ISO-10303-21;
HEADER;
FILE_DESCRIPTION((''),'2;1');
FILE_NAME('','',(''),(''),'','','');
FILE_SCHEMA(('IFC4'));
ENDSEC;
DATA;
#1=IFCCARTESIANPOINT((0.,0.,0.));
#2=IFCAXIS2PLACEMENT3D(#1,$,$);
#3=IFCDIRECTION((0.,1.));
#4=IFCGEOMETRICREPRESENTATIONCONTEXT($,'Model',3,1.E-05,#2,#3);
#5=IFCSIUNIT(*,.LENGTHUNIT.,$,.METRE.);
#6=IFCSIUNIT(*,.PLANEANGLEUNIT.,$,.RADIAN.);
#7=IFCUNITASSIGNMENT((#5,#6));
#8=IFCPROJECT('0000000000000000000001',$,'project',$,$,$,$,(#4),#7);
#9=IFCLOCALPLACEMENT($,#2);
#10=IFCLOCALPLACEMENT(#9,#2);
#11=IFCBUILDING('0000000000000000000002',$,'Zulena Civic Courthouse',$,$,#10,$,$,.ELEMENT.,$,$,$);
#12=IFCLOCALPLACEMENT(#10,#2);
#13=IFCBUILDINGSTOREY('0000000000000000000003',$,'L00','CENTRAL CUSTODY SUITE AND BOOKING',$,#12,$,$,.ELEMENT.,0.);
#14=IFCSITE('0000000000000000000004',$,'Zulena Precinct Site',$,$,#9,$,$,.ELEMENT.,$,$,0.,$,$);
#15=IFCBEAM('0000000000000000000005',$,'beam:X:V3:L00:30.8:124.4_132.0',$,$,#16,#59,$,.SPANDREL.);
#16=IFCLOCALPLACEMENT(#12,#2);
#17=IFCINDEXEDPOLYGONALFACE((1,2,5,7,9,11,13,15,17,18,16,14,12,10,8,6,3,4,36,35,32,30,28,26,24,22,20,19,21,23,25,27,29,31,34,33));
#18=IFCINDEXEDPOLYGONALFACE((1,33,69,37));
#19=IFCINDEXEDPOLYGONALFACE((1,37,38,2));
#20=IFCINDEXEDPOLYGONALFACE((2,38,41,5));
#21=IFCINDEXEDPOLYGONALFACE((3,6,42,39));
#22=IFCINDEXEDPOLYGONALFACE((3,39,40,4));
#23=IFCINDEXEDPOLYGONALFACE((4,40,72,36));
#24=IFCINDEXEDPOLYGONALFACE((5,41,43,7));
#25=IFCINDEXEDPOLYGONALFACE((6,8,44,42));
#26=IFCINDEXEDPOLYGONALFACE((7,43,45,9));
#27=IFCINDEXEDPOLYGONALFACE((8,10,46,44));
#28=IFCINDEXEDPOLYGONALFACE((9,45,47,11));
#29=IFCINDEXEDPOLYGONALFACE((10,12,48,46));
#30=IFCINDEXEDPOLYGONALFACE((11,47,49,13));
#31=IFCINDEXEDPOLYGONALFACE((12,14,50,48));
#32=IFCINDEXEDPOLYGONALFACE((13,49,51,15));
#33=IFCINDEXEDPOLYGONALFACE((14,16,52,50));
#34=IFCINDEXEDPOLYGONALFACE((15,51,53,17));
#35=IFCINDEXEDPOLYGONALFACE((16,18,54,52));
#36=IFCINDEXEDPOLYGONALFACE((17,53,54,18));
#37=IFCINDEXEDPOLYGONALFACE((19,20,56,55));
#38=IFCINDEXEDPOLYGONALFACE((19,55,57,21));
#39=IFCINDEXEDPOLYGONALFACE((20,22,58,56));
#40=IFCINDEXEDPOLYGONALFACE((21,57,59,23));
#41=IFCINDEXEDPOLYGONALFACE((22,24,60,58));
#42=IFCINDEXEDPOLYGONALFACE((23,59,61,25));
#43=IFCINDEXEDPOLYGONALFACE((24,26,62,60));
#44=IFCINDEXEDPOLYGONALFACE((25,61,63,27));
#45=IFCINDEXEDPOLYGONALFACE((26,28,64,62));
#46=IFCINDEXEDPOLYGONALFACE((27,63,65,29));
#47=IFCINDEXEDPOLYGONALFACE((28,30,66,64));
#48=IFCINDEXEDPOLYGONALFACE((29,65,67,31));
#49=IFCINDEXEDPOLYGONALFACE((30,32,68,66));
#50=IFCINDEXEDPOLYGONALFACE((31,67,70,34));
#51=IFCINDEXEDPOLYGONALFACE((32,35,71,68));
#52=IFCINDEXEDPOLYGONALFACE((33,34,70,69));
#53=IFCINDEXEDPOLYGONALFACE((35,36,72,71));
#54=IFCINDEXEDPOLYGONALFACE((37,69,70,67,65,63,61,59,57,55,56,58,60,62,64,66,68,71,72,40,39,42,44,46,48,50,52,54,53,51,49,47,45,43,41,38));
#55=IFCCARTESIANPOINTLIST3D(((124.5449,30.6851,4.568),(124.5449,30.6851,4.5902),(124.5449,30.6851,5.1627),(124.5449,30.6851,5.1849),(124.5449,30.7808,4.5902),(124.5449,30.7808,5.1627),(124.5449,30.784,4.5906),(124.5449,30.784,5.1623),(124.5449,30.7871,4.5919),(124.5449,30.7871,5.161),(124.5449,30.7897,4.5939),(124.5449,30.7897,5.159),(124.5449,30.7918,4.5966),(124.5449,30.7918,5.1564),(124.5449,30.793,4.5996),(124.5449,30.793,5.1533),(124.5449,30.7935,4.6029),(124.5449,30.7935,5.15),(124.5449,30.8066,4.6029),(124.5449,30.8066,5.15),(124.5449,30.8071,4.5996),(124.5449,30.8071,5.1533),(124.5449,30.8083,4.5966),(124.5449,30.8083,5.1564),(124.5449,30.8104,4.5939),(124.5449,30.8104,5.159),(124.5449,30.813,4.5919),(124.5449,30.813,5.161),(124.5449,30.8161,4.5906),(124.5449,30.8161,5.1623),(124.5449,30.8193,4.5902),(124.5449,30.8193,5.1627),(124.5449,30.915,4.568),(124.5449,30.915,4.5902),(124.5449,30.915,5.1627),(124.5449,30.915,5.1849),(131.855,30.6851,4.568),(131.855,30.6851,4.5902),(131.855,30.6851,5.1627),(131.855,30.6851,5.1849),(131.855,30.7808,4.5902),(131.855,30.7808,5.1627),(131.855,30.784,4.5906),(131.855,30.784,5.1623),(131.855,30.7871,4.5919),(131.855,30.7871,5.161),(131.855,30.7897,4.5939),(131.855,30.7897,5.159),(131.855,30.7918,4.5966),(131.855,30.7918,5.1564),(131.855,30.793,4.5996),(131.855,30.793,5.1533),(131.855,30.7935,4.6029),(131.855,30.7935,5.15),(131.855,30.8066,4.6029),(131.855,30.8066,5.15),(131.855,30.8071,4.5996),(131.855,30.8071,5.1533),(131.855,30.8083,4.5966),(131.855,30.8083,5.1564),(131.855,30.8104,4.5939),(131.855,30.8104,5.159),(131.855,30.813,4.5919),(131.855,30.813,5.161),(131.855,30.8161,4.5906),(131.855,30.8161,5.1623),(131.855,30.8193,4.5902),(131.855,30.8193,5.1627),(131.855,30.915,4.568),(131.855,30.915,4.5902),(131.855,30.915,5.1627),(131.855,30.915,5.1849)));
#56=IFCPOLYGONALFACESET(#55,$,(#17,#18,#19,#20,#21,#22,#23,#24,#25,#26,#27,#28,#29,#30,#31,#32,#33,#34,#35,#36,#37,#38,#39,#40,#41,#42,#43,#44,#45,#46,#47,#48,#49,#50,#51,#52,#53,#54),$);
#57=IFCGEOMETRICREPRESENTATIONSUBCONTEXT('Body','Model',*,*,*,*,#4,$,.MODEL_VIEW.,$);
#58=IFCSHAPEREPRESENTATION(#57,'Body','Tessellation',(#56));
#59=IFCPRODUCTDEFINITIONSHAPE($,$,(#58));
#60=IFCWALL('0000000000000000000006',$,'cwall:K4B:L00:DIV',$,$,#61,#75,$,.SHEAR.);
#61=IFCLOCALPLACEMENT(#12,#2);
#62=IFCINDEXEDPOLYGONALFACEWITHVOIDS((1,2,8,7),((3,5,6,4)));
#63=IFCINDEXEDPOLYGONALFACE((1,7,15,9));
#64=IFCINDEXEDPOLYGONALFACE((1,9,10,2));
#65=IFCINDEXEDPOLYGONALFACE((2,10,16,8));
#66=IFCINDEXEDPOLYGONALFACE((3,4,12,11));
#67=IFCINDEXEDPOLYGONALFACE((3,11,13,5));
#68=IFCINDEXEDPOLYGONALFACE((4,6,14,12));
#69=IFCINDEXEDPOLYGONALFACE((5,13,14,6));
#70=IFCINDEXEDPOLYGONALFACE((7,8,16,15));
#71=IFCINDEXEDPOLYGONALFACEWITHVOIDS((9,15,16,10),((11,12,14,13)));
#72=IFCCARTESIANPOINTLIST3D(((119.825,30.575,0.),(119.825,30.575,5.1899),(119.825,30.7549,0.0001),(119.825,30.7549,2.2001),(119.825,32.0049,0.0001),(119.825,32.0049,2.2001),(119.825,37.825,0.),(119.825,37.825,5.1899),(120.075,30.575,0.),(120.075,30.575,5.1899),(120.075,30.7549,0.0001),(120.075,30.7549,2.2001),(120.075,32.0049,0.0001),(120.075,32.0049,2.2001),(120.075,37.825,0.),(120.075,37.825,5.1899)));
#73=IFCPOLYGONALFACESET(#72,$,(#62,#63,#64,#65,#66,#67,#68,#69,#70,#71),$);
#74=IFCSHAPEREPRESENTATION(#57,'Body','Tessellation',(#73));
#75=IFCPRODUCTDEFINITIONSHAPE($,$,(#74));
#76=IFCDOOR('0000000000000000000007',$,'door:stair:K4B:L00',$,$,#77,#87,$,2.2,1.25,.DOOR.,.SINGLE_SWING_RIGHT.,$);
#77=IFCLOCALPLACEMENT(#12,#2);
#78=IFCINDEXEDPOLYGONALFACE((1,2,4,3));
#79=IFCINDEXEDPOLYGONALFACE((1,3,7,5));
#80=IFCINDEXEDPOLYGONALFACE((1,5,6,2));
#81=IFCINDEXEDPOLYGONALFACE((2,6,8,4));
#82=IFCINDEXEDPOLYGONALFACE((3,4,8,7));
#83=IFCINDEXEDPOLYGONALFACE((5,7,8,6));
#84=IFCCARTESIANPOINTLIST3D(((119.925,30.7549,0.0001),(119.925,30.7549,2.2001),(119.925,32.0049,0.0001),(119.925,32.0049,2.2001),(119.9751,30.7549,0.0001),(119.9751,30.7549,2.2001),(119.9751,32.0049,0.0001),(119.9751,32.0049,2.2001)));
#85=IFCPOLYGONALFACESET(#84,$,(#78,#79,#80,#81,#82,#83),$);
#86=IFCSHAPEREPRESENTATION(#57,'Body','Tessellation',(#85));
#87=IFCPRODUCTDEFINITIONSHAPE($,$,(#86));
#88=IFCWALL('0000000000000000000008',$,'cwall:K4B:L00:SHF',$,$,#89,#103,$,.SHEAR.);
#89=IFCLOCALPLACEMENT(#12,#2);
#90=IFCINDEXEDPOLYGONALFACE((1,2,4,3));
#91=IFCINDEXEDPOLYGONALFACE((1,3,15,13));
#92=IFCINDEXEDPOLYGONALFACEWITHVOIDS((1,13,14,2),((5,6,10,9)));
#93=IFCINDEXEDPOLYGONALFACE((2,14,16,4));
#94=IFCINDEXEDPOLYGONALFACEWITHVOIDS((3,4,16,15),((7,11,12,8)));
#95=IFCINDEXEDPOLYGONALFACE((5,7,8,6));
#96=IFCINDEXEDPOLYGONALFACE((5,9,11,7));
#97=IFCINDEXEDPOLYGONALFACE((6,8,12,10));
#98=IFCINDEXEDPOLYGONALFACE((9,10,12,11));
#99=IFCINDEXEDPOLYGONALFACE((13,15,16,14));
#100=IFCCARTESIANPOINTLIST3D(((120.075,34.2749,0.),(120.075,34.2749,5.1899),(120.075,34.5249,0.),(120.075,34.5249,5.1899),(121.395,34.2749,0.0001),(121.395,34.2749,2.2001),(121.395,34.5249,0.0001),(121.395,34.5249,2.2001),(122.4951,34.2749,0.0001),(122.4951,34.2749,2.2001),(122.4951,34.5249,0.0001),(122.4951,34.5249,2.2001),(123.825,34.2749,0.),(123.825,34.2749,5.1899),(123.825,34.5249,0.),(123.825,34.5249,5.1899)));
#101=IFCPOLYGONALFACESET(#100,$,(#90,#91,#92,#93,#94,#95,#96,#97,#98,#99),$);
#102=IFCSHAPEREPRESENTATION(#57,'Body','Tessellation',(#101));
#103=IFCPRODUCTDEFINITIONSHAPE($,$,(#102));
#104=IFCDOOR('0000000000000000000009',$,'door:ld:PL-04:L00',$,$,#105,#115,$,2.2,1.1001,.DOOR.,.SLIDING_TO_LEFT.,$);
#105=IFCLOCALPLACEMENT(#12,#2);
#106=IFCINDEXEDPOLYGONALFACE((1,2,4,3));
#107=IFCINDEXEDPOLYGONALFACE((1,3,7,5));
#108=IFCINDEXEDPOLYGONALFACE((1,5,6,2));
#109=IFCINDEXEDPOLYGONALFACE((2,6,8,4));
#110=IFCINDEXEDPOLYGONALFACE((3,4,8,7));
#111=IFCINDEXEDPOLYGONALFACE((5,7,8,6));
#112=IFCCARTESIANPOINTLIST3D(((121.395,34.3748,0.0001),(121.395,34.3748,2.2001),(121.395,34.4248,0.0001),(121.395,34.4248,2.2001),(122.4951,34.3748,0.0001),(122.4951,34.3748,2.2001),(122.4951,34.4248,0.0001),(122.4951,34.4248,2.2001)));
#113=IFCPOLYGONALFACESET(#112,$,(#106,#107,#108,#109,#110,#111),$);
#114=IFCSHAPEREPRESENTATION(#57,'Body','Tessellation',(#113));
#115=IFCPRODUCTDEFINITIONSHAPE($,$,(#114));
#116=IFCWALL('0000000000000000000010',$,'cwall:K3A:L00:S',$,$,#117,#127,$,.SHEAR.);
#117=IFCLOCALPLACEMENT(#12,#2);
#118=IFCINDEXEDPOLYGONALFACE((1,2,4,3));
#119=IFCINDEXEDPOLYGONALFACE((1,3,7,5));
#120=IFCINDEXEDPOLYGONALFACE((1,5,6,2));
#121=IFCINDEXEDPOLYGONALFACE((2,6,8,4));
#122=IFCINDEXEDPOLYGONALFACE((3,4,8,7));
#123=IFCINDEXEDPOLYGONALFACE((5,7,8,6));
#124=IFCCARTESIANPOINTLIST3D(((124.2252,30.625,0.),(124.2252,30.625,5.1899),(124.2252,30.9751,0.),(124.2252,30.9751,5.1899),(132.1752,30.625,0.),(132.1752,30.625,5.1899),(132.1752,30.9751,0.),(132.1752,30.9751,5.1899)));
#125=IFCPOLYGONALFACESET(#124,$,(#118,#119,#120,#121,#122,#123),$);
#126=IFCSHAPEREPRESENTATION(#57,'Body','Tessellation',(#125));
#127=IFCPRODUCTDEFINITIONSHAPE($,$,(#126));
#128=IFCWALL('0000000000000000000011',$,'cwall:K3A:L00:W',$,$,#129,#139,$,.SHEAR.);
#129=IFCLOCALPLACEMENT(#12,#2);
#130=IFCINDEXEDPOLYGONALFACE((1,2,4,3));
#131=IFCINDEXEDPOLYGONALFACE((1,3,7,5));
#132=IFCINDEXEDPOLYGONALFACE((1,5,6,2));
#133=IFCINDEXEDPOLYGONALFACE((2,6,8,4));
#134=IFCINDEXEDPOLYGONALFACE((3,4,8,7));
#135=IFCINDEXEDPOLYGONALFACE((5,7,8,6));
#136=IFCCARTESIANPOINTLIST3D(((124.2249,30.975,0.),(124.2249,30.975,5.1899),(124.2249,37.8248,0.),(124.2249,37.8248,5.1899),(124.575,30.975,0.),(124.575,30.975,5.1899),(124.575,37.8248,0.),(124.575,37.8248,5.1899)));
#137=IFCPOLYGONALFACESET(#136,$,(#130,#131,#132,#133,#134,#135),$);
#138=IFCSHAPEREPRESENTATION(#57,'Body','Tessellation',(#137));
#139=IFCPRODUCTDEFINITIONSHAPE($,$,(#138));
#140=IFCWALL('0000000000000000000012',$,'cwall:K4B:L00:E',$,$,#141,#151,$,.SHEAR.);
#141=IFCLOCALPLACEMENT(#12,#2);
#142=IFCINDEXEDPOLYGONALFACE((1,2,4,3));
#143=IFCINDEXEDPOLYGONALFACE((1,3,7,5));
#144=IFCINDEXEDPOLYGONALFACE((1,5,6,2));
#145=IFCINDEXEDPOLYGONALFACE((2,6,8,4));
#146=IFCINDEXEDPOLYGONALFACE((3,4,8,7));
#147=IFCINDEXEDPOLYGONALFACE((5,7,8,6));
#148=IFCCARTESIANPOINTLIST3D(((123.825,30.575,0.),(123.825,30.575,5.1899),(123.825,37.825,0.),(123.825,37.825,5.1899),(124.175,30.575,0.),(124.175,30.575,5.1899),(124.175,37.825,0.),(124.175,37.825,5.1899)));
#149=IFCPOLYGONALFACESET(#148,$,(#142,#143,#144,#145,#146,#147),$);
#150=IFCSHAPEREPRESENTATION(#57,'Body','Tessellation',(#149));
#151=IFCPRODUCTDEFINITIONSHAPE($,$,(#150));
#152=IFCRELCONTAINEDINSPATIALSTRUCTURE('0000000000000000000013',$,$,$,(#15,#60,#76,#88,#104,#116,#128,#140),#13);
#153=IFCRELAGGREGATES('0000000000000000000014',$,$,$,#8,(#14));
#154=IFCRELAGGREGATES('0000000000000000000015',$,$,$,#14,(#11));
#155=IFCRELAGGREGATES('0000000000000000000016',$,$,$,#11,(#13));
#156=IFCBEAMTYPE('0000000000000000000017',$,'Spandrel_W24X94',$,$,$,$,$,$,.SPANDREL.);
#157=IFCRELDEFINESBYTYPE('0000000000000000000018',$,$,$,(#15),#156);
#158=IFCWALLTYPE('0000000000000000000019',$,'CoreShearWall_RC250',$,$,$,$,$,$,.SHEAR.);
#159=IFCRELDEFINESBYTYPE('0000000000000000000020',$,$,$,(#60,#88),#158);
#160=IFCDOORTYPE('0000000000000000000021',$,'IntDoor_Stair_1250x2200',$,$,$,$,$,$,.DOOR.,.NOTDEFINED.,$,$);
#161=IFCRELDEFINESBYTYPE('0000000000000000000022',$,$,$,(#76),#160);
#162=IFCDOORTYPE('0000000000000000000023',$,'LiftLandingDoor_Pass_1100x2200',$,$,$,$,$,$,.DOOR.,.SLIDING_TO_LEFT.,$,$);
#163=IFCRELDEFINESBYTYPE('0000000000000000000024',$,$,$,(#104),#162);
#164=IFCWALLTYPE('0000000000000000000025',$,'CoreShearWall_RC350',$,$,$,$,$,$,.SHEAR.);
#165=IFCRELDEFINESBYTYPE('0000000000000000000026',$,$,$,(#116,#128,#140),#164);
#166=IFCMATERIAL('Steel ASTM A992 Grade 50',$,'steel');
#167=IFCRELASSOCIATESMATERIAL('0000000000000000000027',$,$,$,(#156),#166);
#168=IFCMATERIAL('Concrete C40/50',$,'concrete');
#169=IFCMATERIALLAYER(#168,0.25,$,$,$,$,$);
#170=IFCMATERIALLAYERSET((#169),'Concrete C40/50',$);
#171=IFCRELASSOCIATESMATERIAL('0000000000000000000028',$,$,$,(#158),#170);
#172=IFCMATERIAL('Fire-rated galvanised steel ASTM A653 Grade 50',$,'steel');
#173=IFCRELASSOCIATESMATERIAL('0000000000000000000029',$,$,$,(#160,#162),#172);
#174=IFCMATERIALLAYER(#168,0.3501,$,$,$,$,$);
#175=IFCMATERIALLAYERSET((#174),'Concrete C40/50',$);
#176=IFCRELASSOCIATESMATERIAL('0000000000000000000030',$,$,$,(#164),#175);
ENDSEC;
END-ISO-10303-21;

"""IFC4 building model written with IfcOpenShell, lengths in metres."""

from ifc_helpers import new_model, si_unit, direction, frame, frame_2d, origin, origin_2d, place, context, subcontext, project, spatial, rectangle, i_section, extrude, material, layer, layer_set, material_profile, profile_set, type_object, element, fill, save


model = new_model("IFC4")

# Units and contexts
model_context = context("Model", 3, precision=1e-05, world=origin(), true_north=direction((0.0, 1.0)))
body_context = subcontext(model_context, "Body", "Model", "MODEL_VIEW")
ifc_project = project(units=[si_unit("LENGTHUNIT", "METRE"), si_unit("PLANEANGLEUNIT", "RADIAN")], contexts=[model_context])

# Site, building, storey
site_placement = place(None, origin())
site = spatial("IfcSite", under=ifc_project, at=site_placement, Name="Zulena Precinct Site", CompositionType="ELEMENT", RefElevation=0.0)
building_placement = place(site_placement, origin())
building = spatial("IfcBuilding", under=site, at=building_placement, Name="Zulena Civic Courthouse", CompositionType="ELEMENT")
storey_placement = place(building_placement, origin())
storey = spatial("IfcBuildingStorey", under=building, at=storey_placement, Name="L00", Description="CENTRAL CUSTODY SUITE AND BOOKING", CompositionType="ELEMENT", Elevation=0.0)

# Shared definitions
ifc_material_1 = material(Name="Concrete C40/50", Category="concrete")

# Shared definitions
ifc_material_2 = material(Name="Steel ASTM A992 Grade 50", Category="steel")

# Beam
ifc_material_profile_1 = material_profile(ifc_material_2, i_section(OverallWidth=0.23, OverallDepth=0.6169, WebThickness=0.0132, FlangeThickness=0.0222, FilletRadius=0.0127, at=origin_2d()), Name="W24X94")
ifc_profile_set_1 = profile_set([ifc_material_profile_1], Name="Steel ASTM A992 Grade 50")
beam_type_1 = type_object("IfcBeamType", Name="Spandrel_W24X94", PredefinedType="SPANDREL", material=ifc_profile_set_1)
for number, where, z_axis, x_axis, name in (
    (1, (124.5449, 30.8, 4.8765), (1.0, 0.0, 0.0), (0.0, 1.0, 0.0), "beam:X:V3:L00:30.8:124.4_132.0"),
):
    element("IfcBeam", number, at=place(storey_placement, frame(where, z_axis=z_axis, x_axis=x_axis)), inside=storey, type_object=beam_type_1, Name=name, PredefinedType="SPANDREL", context=body_context, shape_type="SweptSolid", body=[
        extrude(i_section(OverallWidth=0.23, OverallDepth=0.6169, WebThickness=0.0132, FlangeThickness=0.0222, FilletRadius=0.0127, at=origin_2d()), origin(), (0.0, 0.0, 1.0), 7.3101),
    ])

# Walls, openings, doors
ifc_layer_1 = layer(ifc_material_1, 0.25)
ifc_layer_set_1 = layer_set([ifc_layer_1], Name="Concrete C40/50")
wall_type_1 = type_object("IfcWallType", Name="CoreShearWall_RC250", PredefinedType="SHEAR", material=ifc_layer_set_1)
wall_1_placement = place(storey_placement, frame((119.95, 30.575, 0.0), z_axis=(0.0, 0.0, 1.0), x_axis=(0.0, 1.0, 0.0)))
wall_1 = element("IfcWall", 2, at=wall_1_placement, inside=storey, type_object=wall_type_1, Name="cwall:K4B:L00:DIV", PredefinedType="SHEAR", context=body_context, shape_type="SweptSolid", body=[
    extrude(rectangle(XDim=7.25, YDim=0.25, at=frame_2d((3.625, 0.0))), origin(), (0.0, 0.0, 1.0), 5.1899),
])
opening_1_placement = place(wall_1_placement, frame((0.1799, 0.0, 0.0)))
opening_1 = element("IfcOpeningElement", 3, at=opening_1_placement, cuts=wall_1, PredefinedType="OPENING", context=body_context, shape_type="SweptSolid", body=[
    extrude(rectangle(XDim=1.25, YDim=2.2, at=frame_2d((0.625, 1.1001))), frame((0.0, 0.135, 0.0), z_axis=(0.0, -1.0, 0.0), x_axis=(1.0, 0.0, 0.0)), (0.0, 0.0, 1.0), 0.27),
])
ifc_material_3 = material(Name="Fire-rated galvanised steel ASTM A653 Grade 50", Category="steel")
door_type_1 = type_object("IfcDoorType", Name="IntDoor_Stair_1250x2200", OperationType="NOTDEFINED", PredefinedType="DOOR", material=ifc_material_3)
door_1_placement = place(opening_1_placement, origin())
door_1 = element("IfcDoor", 4, at=door_1_placement, inside=storey, type_object=door_type_1, Name="door:stair:K4B:L00", OperationType="SINGLE_SWING_RIGHT", OverallHeight=2.2, OverallWidth=1.25, PredefinedType="DOOR", context=body_context, shape_type="SweptSolid", body=[
    extrude(rectangle(XDim=1.25, YDim=2.2, at=frame_2d((0.625, 1.1001))), frame((0.0, 0.0249, 0.0), z_axis=(0.0, -1.0, 0.0), x_axis=(1.0, 0.0, 0.0)), (0.0, 0.0, 1.0), 0.05),
])
fill(opening_1, door_1)
wall_2_placement = place(storey_placement, frame((120.075, 34.3999, 0.0), z_axis=(0.0, 0.0, 1.0), x_axis=(1.0, 0.0, 0.0)))
wall_2 = element("IfcWall", 5, at=wall_2_placement, inside=storey, type_object=wall_type_1, Name="cwall:K4B:L00:SHF", PredefinedType="SHEAR", context=body_context, shape_type="SweptSolid", body=[
    extrude(rectangle(XDim=3.75, YDim=0.25, at=frame_2d((1.875, 0.0))), origin(), (0.0, 0.0, 1.0), 5.1899),
])
opening_2_placement = place(wall_2_placement, frame((1.3201, 0.0, 0.0)))
opening_2 = element("IfcOpeningElement", 6, at=opening_2_placement, cuts=wall_2, PredefinedType="OPENING", context=body_context, shape_type="SweptSolid", body=[
    extrude(rectangle(XDim=1.1001, YDim=2.2, at=frame_2d((0.55, 1.1001))), frame((0.0, 0.135, 0.0), z_axis=(0.0, -1.0, 0.0), x_axis=(1.0, 0.0, 0.0)), (0.0, 0.0, 1.0), 0.27),
])
door_type_2 = type_object("IfcDoorType", Name="LiftLandingDoor_Pass_1100x2200", OperationType="SLIDING_TO_LEFT", PredefinedType="DOOR", material=ifc_material_3)
door_2_placement = place(opening_2_placement, origin())
door_2 = element("IfcDoor", 7, at=door_2_placement, inside=storey, type_object=door_type_2, Name="door:ld:PL-04:L00", OperationType="SLIDING_TO_LEFT", OverallHeight=2.2, OverallWidth=1.1001, PredefinedType="DOOR", context=body_context, shape_type="SweptSolid", body=[
    extrude(rectangle(XDim=1.1001, YDim=2.2, at=frame_2d((0.55, 1.1001))), frame((0.0, 0.0249, 0.0), z_axis=(0.0, -1.0, 0.0), x_axis=(1.0, 0.0, 0.0)), (0.0, 0.0, 1.0), 0.05),
])
fill(opening_2, door_2)

# Walls
ifc_layer_2 = layer(ifc_material_1, 0.3501)
ifc_layer_set_2 = layer_set([ifc_layer_2], Name="Concrete C40/50")
wall_type_2 = type_object("IfcWallType", Name="CoreShearWall_RC350", PredefinedType="SHEAR", material=ifc_layer_set_2)
wall_3_placement = place(storey_placement, frame((124.2251, 30.8, 0.0), z_axis=(0.0, 0.0, 1.0), x_axis=(1.0, 0.0, 0.0)))
element("IfcWall", 8, at=wall_3_placement, inside=storey, type_object=wall_type_2, Name="cwall:K3A:L00:S", PredefinedType="SHEAR", context=body_context, shape_type="SweptSolid", body=[
    extrude(rectangle(XDim=7.95, YDim=0.3501, at=frame_2d((3.9751, 0.0))), origin(), (0.0, 0.0, 1.0), 5.1899),
])
wall_4_placement = place(storey_placement, frame((124.3999, 30.9751, 0.0), z_axis=(0.0, 0.0, 1.0), x_axis=(0.0, 1.0, 0.0)))
element("IfcWall", 9, at=wall_4_placement, inside=storey, type_object=wall_type_2, Name="cwall:K3A:L00:W", PredefinedType="SHEAR", context=body_context, shape_type="SweptSolid", body=[
    extrude(rectangle(XDim=6.8499, YDim=0.3501, at=frame_2d((3.4248, 0.0))), origin(), (0.0, 0.0, 1.0), 5.1899),
])
wall_5_placement = place(storey_placement, frame((124.0, 30.575, 0.0), z_axis=(0.0, 0.0, 1.0), x_axis=(0.0, 1.0, 0.0)))
element("IfcWall", 10, at=wall_5_placement, inside=storey, type_object=wall_type_2, Name="cwall:K4B:L00:E", PredefinedType="SHEAR", context=body_context, shape_type="SweptSolid", body=[
    extrude(rectangle(XDim=7.25, YDim=0.3501, at=frame_2d((3.625, 0.0))), origin(), (0.0, 0.0, 1.0), 5.1899),
])

save(model, "model.ifc")
